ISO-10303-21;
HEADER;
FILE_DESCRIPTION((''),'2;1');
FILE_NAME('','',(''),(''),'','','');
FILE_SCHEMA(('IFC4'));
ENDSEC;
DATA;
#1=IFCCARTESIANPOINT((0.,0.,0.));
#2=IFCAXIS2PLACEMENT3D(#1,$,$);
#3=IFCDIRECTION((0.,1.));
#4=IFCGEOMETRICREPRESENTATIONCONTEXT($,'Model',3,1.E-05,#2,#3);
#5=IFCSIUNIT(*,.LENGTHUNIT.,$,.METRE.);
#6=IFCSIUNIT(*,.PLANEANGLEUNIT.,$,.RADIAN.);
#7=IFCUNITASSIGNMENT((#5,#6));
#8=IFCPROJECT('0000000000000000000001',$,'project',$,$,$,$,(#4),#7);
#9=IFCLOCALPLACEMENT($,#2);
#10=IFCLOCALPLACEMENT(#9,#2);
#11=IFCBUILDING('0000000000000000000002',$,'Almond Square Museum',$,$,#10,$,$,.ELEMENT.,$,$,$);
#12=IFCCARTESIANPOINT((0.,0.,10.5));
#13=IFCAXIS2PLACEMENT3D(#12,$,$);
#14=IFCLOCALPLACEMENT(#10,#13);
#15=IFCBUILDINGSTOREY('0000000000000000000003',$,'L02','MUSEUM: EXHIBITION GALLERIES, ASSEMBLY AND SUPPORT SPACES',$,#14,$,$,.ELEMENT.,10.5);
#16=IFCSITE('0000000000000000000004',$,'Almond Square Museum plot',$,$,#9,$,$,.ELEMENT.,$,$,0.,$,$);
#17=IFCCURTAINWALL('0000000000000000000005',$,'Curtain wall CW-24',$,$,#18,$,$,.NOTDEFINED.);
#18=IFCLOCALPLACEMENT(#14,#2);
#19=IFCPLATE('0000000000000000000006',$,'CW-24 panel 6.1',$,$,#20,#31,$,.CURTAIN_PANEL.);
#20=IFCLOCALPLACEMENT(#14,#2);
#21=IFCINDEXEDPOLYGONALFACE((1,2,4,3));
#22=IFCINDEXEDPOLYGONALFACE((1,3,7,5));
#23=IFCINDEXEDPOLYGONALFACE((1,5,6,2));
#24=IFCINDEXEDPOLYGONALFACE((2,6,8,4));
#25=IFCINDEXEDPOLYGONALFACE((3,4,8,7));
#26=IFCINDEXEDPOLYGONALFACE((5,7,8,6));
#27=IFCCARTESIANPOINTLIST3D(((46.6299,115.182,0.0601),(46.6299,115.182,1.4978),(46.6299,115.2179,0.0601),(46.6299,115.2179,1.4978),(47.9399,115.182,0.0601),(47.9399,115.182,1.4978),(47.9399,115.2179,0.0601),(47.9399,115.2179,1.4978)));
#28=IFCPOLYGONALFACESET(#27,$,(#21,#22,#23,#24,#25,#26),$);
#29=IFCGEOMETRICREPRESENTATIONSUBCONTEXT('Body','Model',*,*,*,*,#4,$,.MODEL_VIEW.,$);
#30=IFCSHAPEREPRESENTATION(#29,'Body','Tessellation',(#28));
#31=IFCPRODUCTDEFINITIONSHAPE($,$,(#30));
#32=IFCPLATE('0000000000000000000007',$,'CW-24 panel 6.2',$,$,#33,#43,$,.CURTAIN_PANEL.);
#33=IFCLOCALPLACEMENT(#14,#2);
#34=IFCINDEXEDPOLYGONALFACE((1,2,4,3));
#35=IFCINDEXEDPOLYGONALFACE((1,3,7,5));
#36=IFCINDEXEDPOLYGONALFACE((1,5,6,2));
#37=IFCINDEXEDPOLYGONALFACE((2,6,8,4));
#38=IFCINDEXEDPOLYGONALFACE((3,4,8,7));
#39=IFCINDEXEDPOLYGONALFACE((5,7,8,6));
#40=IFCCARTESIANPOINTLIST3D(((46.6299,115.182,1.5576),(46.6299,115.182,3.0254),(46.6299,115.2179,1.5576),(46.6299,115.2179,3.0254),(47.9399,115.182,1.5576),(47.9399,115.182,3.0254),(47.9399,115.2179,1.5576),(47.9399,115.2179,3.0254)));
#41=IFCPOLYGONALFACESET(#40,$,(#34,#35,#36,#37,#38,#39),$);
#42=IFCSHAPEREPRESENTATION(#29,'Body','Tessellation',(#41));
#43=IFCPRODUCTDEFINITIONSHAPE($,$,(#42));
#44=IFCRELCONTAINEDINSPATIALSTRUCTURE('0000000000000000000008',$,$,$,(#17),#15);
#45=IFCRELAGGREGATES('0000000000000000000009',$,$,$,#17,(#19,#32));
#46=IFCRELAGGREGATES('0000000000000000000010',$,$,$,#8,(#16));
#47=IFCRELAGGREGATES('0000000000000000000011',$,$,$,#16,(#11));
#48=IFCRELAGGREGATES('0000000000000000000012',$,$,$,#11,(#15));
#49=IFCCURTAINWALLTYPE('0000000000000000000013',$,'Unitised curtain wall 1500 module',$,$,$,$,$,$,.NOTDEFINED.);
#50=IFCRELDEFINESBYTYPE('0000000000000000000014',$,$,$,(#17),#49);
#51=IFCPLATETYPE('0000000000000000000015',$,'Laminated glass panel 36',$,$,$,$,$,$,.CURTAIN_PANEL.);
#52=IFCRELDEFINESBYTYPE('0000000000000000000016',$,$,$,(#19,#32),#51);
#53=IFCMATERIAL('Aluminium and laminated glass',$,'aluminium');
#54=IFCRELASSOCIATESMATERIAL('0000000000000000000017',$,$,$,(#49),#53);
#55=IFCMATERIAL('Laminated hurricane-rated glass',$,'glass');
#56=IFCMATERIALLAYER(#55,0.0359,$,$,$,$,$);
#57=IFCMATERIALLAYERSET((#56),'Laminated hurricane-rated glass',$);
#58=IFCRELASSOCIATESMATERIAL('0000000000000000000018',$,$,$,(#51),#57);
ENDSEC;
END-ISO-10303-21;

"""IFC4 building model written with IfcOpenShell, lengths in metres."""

from ifc_helpers import new_model, si_unit, direction, frame, origin, origin_2d, place, context, subcontext, project, spatial, rectangle, extrude, material, layer, layer_set, type_object, element, aggregate, save


model = new_model("IFC4")

# Units and contexts
model_context = context("Model", 3, precision=1e-05, world=origin(), true_north=direction((0.0, 1.0)))
body_context = subcontext(model_context, "Body", "Model", "MODEL_VIEW")
ifc_project = project(units=[si_unit("LENGTHUNIT", "METRE"), si_unit("PLANEANGLEUNIT", "RADIAN")], contexts=[model_context])

# Site, building, storey
site_placement = place(None, origin())
site = spatial("IfcSite", under=ifc_project, at=site_placement, Name="Almond Square Museum plot", CompositionType="ELEMENT", RefElevation=0.0)
building_placement = place(site_placement, origin())
building = spatial("IfcBuilding", under=site, at=building_placement, Name="Almond Square Museum", CompositionType="ELEMENT")
storey_placement = place(building_placement, frame((0.0, 0.0, 10.5)))
storey = spatial("IfcBuildingStorey", under=building, at=storey_placement, Name="L02", Description="MUSEUM: EXHIBITION GALLERIES, ASSEMBLY AND SUPPORT SPACES", CompositionType="ELEMENT", Elevation=10.5)

# Curtain wall, plates
ifc_material_1 = material(Name="Aluminium and laminated glass", Category="aluminium")
curtain_wall_type = type_object("IfcCurtainWallType", Name="Unitised curtain wall 1500 module", PredefinedType="NOTDEFINED", material=ifc_material_1)
curtain_wall_placement = place(storey_placement, origin())
curtain_wall = element("IfcCurtainWall", 1, at=curtain_wall_placement, inside=storey, type_object=curtain_wall_type, Name="Curtain wall CW-24", PredefinedType="NOTDEFINED")
ifc_material_2 = material(Name="Laminated hurricane-rated glass", Category="glass")
ifc_layer = layer(ifc_material_2, 0.0359)
ifc_layer_set = layer_set([ifc_layer], Name="Laminated hurricane-rated glass")
plate_type = type_object("IfcPlateType", Name="Laminated glass panel 36", PredefinedType="CURTAIN_PANEL", material=ifc_layer_set)
plate_1_placement = place(storey_placement, frame((47.2849, 115.2, 0.0601), z_axis=(0.0, 0.0, 1.0), x_axis=(1.0, 0.0, 0.0)))
plate_1 = element("IfcPlate", 2, at=plate_1_placement, type_object=plate_type, Name="CW-24 panel 6.1", PredefinedType="CURTAIN_PANEL", context=body_context, shape_type="SweptSolid", body=[
    extrude(rectangle(XDim=1.3101, YDim=0.0359, at=origin_2d()), origin(), (0.0, 0.0, 1.0), 1.4377),
])
plate_2_placement = place(storey_placement, frame((47.2849, 115.2, 1.5576), z_axis=(0.0, 0.0, 1.0), x_axis=(1.0, 0.0, 0.0)))
plate_2 = element("IfcPlate", 3, at=plate_2_placement, type_object=plate_type, Name="CW-24 panel 6.2", PredefinedType="CURTAIN_PANEL", context=body_context, shape_type="SweptSolid", body=[
    extrude(rectangle(XDim=1.3101, YDim=0.0359, at=origin_2d()), origin(), (0.0, 0.0, 1.0), 1.4678),
])
aggregate(curtain_wall, [plate_1, plate_2])

save(model, "model.ifc")
